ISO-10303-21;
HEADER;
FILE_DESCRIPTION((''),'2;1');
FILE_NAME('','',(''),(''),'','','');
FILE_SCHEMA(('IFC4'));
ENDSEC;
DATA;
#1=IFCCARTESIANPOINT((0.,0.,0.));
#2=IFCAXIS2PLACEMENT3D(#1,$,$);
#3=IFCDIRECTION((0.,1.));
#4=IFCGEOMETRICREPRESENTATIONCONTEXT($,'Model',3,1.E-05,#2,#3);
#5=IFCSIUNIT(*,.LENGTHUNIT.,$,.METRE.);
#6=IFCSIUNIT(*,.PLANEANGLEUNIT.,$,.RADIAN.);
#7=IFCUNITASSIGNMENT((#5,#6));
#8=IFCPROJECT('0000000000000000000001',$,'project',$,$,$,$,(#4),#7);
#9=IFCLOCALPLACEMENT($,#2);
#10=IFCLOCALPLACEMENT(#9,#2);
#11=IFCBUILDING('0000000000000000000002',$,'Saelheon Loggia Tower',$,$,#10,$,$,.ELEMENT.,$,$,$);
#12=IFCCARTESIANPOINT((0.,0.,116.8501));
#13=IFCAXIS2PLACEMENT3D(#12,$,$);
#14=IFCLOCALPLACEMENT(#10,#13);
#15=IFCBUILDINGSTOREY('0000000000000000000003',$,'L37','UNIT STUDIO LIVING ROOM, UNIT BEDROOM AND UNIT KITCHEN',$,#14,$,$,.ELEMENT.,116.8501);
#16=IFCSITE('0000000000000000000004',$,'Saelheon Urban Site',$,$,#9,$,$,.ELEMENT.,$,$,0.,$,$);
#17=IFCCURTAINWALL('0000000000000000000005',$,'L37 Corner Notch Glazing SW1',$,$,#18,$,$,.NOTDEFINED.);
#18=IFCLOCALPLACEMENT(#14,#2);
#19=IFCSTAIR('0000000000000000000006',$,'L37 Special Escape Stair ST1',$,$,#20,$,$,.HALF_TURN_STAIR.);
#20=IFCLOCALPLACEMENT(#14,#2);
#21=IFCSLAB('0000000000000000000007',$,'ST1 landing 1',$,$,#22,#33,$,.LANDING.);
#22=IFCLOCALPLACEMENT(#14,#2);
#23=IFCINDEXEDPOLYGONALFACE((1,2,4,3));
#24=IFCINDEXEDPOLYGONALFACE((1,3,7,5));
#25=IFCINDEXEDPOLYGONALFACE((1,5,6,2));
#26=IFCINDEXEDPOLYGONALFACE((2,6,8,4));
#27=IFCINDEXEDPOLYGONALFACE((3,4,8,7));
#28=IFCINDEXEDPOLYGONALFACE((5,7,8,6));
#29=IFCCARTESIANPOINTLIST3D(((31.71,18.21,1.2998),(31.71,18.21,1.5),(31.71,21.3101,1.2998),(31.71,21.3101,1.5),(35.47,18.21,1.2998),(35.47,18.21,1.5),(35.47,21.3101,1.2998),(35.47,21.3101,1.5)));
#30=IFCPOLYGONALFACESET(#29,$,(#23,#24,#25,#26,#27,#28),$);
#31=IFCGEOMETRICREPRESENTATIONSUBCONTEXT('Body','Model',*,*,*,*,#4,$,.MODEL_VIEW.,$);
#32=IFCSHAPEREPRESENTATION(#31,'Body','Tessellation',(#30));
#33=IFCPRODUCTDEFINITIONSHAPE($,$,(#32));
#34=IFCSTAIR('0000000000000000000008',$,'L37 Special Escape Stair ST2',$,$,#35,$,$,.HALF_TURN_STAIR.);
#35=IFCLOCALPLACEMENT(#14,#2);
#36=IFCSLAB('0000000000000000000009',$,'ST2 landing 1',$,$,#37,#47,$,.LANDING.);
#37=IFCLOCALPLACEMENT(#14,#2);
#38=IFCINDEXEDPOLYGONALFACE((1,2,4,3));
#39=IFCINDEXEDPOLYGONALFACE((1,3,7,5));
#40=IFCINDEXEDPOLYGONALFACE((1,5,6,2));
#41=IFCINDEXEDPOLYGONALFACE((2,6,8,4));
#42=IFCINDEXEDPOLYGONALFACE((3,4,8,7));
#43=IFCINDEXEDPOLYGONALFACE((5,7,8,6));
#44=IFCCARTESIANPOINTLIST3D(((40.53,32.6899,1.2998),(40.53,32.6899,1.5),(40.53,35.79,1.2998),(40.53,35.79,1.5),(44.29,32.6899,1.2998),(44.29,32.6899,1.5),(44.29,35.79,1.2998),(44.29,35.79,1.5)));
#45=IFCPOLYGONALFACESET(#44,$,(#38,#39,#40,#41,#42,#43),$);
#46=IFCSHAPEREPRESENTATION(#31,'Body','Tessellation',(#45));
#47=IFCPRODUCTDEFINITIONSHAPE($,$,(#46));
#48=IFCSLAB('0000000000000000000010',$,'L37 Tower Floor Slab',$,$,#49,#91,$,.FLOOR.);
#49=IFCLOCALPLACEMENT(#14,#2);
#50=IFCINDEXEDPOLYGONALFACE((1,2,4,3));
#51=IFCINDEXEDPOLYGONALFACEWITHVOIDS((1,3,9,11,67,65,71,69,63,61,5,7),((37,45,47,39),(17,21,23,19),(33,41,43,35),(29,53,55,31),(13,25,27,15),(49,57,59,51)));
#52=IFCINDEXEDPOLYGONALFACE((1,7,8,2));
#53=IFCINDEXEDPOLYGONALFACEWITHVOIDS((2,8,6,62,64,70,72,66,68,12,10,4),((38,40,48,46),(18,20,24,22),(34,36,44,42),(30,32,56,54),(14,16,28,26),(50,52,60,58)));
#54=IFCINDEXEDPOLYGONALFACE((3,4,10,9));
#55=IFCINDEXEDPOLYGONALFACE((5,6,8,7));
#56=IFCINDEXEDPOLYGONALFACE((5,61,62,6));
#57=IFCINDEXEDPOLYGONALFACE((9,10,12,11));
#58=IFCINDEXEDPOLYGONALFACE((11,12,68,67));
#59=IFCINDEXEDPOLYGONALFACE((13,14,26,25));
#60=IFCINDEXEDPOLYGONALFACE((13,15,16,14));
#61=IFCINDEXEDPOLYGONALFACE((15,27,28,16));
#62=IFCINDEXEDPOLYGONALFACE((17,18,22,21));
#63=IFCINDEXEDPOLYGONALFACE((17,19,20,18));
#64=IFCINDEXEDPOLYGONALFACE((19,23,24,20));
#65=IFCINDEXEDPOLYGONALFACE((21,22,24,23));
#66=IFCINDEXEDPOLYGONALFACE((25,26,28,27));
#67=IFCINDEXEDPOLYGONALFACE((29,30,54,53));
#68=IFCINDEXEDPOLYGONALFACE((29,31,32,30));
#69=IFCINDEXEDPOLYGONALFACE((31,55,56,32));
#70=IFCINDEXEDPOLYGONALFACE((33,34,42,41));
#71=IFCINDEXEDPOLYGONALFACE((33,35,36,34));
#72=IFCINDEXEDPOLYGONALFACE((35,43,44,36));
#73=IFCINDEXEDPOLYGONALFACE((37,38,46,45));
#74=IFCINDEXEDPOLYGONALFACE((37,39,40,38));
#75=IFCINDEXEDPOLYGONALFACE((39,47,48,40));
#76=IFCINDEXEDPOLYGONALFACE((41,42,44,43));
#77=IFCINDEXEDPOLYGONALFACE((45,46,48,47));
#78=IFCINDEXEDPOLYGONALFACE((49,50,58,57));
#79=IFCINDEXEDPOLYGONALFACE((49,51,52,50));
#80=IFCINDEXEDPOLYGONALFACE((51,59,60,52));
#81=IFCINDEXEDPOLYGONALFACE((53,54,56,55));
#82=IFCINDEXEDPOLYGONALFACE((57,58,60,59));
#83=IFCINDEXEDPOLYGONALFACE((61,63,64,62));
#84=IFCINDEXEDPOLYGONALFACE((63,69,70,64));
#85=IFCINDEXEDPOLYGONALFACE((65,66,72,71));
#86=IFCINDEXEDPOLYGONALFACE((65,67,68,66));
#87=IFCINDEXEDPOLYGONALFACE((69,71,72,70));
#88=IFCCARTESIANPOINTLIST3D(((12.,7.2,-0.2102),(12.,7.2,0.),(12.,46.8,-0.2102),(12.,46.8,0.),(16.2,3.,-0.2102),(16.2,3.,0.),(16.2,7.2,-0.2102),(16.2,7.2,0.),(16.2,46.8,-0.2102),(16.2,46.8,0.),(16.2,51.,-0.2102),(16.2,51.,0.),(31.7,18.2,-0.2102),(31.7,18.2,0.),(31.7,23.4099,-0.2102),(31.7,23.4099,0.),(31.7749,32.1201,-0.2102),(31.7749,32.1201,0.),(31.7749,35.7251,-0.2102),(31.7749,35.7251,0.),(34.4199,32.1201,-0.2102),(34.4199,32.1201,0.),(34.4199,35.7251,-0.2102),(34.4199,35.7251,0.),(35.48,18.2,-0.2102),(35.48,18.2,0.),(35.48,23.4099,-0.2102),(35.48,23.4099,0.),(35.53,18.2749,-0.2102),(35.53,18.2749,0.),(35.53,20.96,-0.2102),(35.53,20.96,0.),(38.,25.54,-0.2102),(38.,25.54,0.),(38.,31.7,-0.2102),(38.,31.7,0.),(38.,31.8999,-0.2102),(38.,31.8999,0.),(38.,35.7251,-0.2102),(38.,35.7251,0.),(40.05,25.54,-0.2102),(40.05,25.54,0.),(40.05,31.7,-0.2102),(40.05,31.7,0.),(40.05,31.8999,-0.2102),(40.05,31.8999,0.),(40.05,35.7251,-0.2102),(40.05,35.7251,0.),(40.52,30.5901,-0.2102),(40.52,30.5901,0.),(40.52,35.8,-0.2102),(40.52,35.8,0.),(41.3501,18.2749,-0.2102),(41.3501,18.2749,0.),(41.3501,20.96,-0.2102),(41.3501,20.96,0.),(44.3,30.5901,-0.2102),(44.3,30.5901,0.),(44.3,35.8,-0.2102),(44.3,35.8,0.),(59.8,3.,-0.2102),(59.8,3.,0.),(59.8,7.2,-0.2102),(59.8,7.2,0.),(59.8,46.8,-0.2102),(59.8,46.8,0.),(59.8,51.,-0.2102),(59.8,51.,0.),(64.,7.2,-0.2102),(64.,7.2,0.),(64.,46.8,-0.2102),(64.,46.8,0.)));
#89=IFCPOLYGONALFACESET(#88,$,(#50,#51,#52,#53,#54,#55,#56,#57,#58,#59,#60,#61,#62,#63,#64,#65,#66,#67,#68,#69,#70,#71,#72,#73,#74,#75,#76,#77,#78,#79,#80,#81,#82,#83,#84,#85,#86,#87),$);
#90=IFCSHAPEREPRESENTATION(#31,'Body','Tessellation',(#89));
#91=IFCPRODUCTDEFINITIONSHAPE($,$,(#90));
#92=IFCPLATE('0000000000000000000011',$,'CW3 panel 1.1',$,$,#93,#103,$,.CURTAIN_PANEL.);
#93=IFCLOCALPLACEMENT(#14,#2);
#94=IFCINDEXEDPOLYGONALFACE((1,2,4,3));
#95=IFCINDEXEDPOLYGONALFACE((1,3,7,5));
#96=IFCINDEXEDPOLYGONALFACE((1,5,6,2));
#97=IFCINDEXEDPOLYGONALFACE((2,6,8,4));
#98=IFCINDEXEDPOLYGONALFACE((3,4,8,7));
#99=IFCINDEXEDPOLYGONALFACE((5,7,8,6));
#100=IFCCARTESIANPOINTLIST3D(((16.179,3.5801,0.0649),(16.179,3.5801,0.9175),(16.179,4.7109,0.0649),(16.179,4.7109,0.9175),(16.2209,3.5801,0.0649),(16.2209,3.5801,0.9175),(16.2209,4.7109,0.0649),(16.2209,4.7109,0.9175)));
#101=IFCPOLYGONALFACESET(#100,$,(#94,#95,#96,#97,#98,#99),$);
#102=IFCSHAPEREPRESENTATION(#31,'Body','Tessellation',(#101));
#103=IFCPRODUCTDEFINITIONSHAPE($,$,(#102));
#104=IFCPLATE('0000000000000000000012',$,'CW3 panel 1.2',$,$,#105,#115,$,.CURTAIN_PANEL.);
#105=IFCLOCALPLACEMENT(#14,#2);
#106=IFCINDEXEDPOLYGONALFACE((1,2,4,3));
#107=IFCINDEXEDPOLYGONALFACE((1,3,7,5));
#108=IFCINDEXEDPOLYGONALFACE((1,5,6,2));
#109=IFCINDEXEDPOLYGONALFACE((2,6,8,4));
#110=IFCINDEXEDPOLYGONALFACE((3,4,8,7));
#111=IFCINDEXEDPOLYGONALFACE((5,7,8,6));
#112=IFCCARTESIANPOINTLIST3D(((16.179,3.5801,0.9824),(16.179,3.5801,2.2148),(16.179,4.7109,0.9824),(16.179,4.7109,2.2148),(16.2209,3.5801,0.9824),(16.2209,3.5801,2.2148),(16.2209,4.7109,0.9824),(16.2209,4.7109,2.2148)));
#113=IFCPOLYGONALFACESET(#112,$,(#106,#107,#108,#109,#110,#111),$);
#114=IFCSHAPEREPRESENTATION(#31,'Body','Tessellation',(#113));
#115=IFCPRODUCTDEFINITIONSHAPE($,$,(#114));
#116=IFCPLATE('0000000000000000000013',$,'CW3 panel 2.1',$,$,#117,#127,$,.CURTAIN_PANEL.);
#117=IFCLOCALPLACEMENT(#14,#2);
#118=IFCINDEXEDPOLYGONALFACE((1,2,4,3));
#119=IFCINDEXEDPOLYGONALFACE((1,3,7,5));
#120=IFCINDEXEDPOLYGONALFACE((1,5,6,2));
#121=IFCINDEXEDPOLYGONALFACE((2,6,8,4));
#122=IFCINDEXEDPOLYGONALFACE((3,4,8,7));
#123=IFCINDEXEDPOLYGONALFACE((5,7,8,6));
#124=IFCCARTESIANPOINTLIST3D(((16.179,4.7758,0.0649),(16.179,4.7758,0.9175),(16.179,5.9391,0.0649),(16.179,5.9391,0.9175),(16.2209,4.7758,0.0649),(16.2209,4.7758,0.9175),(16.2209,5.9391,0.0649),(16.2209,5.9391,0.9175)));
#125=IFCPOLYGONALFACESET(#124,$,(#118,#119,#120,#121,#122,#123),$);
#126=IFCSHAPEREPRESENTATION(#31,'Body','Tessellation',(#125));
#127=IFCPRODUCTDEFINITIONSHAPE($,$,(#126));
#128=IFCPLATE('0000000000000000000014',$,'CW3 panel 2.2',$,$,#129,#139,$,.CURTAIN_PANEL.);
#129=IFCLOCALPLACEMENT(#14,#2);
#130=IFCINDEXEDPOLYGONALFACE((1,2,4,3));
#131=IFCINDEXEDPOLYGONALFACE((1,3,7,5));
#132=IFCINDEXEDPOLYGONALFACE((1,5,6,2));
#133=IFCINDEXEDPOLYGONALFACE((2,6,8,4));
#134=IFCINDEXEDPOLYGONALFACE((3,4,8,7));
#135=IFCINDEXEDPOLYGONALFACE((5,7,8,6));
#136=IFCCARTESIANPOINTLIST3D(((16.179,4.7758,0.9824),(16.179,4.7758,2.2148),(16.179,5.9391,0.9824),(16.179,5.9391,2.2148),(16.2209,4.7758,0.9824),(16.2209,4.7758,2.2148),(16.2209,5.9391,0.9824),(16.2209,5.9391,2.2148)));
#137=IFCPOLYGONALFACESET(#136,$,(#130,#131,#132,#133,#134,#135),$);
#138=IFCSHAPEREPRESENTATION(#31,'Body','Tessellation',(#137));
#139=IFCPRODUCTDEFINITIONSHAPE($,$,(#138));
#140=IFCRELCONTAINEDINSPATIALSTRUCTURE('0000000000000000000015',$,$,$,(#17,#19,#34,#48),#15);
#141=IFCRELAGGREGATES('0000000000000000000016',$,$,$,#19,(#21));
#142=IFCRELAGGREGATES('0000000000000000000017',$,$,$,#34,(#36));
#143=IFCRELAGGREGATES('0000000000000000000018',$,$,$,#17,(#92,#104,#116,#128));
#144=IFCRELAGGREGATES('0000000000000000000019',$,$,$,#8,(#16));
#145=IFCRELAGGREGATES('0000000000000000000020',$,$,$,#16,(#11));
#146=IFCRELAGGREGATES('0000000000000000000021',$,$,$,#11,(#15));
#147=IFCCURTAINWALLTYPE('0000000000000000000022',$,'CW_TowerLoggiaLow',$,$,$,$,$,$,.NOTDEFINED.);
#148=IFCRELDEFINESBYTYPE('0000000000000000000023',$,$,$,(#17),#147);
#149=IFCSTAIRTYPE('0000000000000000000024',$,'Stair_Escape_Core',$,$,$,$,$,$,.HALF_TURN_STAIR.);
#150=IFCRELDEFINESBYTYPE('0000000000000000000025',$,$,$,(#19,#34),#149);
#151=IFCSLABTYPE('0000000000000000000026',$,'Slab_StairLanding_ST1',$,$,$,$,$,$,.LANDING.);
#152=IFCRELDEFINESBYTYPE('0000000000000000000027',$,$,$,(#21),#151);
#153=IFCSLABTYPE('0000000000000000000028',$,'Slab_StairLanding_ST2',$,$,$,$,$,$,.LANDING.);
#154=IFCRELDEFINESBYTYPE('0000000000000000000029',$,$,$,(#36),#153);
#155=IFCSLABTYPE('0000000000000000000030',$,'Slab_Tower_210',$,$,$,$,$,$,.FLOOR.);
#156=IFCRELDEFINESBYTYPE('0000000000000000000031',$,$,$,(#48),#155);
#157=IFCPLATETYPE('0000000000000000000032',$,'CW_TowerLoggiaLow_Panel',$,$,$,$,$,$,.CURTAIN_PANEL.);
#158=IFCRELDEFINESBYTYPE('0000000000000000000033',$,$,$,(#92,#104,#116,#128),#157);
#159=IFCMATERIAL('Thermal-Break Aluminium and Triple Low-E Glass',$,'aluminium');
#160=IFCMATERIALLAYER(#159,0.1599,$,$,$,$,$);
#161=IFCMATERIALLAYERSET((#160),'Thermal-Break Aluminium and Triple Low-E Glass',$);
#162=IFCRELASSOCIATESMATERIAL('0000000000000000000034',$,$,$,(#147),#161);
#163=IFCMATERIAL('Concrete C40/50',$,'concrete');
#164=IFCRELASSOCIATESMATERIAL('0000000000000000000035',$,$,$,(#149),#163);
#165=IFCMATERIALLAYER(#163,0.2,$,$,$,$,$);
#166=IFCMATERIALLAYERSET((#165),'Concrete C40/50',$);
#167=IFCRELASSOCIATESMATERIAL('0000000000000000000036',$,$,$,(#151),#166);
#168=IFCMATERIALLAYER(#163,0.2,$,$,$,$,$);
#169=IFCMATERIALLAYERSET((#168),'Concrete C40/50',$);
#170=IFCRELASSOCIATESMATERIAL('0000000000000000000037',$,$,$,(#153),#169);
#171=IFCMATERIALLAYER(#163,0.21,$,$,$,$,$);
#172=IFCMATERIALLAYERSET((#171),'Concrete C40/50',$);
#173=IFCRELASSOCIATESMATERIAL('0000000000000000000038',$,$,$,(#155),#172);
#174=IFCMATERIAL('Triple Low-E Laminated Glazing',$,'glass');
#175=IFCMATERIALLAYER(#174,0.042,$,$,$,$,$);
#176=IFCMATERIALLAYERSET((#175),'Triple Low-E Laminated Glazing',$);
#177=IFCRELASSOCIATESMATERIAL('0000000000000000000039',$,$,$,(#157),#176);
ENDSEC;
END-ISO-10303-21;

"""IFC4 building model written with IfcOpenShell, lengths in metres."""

from ifc_helpers import new_model, si_unit, direction, frame, origin, origin_2d, place, context, subcontext, project, spatial, polyline, rectangle, outline, extrude, source, transform, mapped, material, layer, layer_set, type_object, element, aggregate, save


model = new_model("IFC4")

# Units and contexts
model_context = context("Model", 3, precision=1e-05, world=origin(), true_north=direction((0.0, 1.0)))
body_context = subcontext(model_context, "Body", "Model", "MODEL_VIEW")
ifc_project = project(units=[si_unit("LENGTHUNIT", "METRE"), si_unit("PLANEANGLEUNIT", "RADIAN")], contexts=[model_context])

# Site, building, storey
site_placement = place(None, origin())
site = spatial("IfcSite", under=ifc_project, at=site_placement, Name="Saelheon Urban Site", CompositionType="ELEMENT", RefElevation=0.0)
building_placement = place(site_placement, origin())
building = spatial("IfcBuilding", under=site, at=building_placement, Name="Saelheon Loggia Tower", CompositionType="ELEMENT")
storey_placement = place(building_placement, frame((0.0, 0.0, 116.8501)))
storey = spatial("IfcBuildingStorey", under=building, at=storey_placement, Name="L37", Description="UNIT STUDIO LIVING ROOM, UNIT BEDROOM AND UNIT KITCHEN", CompositionType="ELEMENT", Elevation=116.8501)

# Shared definitions
ifc_material_1 = material(Name="Concrete C40/50", Category="concrete")

# Curtain wall
ifc_material_2 = material(Name="Thermal-Break Aluminium and Triple Low-E Glass", Category="aluminium")
ifc_layer_1 = layer(ifc_material_2, 0.1599)
ifc_layer_set_1 = layer_set([ifc_layer_1], Name="Thermal-Break Aluminium and Triple Low-E Glass")
curtain_wall_type = type_object("IfcCurtainWallType", Name="CW_TowerLoggiaLow", PredefinedType="NOTDEFINED", material=ifc_layer_set_1)
curtain_wall_placement = place(storey_placement, origin())
curtain_wall = element("IfcCurtainWall", 1, at=curtain_wall_placement, inside=storey, type_object=curtain_wall_type, Name="L37 Corner Notch Glazing SW1", PredefinedType="NOTDEFINED")

# Stairs, slabs
stair_type = type_object("IfcStairType", Name="Stair_Escape_Core", PredefinedType="HALF_TURN_STAIR", material=ifc_material_1)
stair_1_placement = place(storey_placement, origin())
stair_1 = element("IfcStair", 2, at=stair_1_placement, inside=storey, type_object=stair_type, Name="L37 Special Escape Stair ST1", PredefinedType="HALF_TURN_STAIR")
ifc_layer_2 = layer(ifc_material_1, 0.2)
ifc_layer_set_2 = layer_set([ifc_layer_2], Name="Concrete C40/50")
slab_type_1 = type_object("IfcSlabType", Name="Slab_StairLanding_ST1", PredefinedType="LANDING", material=ifc_layer_set_2)
slab_1_placement = place(storey_placement, frame((0.0, 0.0, 1.2998)))
slab_1 = element("IfcSlab", 3, at=slab_1_placement, type_object=slab_type_1, Name="ST1 landing 1", PredefinedType="LANDING", context=body_context, shape_type="SweptSolid", body=[
    extrude(outline(polyline([(31.71, 21.3101), (31.71, 18.21), (35.47, 18.21), (35.47, 21.3101), (31.71, 21.3101)])), origin(), (0.0, 0.0, 1.0), 0.2002),
])
aggregate(stair_1, [slab_1])
stair_2_placement = place(storey_placement, origin())
stair_2 = element("IfcStair", 4, at=stair_2_placement, inside=storey, type_object=stair_type, Name="L37 Special Escape Stair ST2", PredefinedType="HALF_TURN_STAIR")
ifc_layer_3 = layer(ifc_material_1, 0.2)
ifc_layer_set_3 = layer_set([ifc_layer_3], Name="Concrete C40/50")
slab_type_2 = type_object("IfcSlabType", Name="Slab_StairLanding_ST2", PredefinedType="LANDING", material=ifc_layer_set_3)
slab_2_placement = place(storey_placement, frame((0.0, 0.0, 1.2998)))
slab_2 = element("IfcSlab", 5, at=slab_2_placement, type_object=slab_type_2, Name="ST2 landing 1", PredefinedType="LANDING", context=body_context, shape_type="SweptSolid", body=[
    extrude(outline(polyline([(44.29, 32.6899), (44.29, 35.79), (40.53, 35.79), (40.53, 32.6899), (44.29, 32.6899)])), origin(), (0.0, 0.0, 1.0), 0.2002),
])
aggregate(stair_2, [slab_2])

# Slab
ifc_layer_4 = layer(ifc_material_1, 0.21)
ifc_layer_set_4 = layer_set([ifc_layer_4], Name="Concrete C40/50")
slab_type_3 = type_object("IfcSlabType", Name="Slab_Tower_210", PredefinedType="FLOOR", material=ifc_layer_set_4)
slab_3_placement = place(storey_placement, frame((0.0, 0.0, -0.2102)))
element("IfcSlab", 6, at=slab_3_placement, inside=storey, type_object=slab_type_3, Name="L37 Tower Floor Slab", PredefinedType="FLOOR", context=body_context, shape_type="SweptSolid", body=[
    extrude(outline(polyline([(16.2, 3.0), (59.8, 3.0), (59.8, 7.2), (64.0, 7.2), (64.0, 46.8), (59.8, 46.8), (59.8, 51.0), (16.2, 51.0), (16.2, 46.8), (12.0, 46.8), (12.0, 7.2), (16.2, 7.2), (16.2, 3.0)]), holes=[polyline([(31.7, 23.4099), (31.7, 18.2), (35.48, 18.2), (35.48, 23.4099), (31.7, 23.4099)]), polyline([(44.3, 30.5901), (44.3, 35.8), (40.52, 35.8), (40.52, 30.5901), (44.3, 30.5901)]), polyline([(35.53, 18.2749), (41.3501, 18.2749), (41.3501, 20.96), (35.53, 20.96), (35.53, 18.2749)]), polyline([(31.7749, 32.1201), (34.4199, 32.1201), (34.4199, 35.7251), (31.7749, 35.7251), (31.7749, 32.1201)]), polyline([(38.0, 31.8999), (40.05, 31.8999), (40.05, 35.7251), (38.0, 35.7251), (38.0, 31.8999)]), polyline([(38.0, 25.54), (40.05, 25.54), (40.05, 31.7), (38.0, 31.7), (38.0, 25.54)])]), origin(), (0.0, 0.0, 1.0), 0.2102),
])

# Plates
ifc_material_3 = material(Name="Triple Low-E Laminated Glazing", Category="glass")
ifc_layer_5 = layer(ifc_material_3, 0.042)
ifc_layer_set_5 = layer_set([ifc_layer_5], Name="Triple Low-E Laminated Glazing")
plate_type = type_object("IfcPlateType", Name="CW_TowerLoggiaLow_Panel", PredefinedType="CURTAIN_PANEL", material=ifc_layer_set_5)
shared_shape_1 = source(origin(), body_context, "Body", "SweptSolid", [
    extrude(rectangle(XDim=1.1309, YDim=0.042, at=origin_2d()), origin(), (0.0, 0.0, 1.0), 0.8525),
])
plate_1_placement = place(storey_placement, frame((16.2, 4.1455, 0.0649), z_axis=(0.0, 0.0, 1.0), x_axis=(0.0, 1.0, 0.0)))
plate_1 = element("IfcPlate", 7, at=plate_1_placement, type_object=plate_type, Name="CW3 panel 1.1", PredefinedType="CURTAIN_PANEL", context=body_context, shape_type="MappedRepresentation", body=[
    mapped(shared_shape_1, transform((0.0, 0.0, 0.0), scale=1.0)),
])
shared_shape_2 = source(origin(), body_context, "Body", "SweptSolid", [
    extrude(rectangle(XDim=1.1309, YDim=0.042, at=origin_2d()), origin(), (0.0, 0.0, 1.0), 1.2324),
])
plate_2_placement = place(storey_placement, frame((16.2, 4.1455, 0.9824), z_axis=(0.0, 0.0, 1.0), x_axis=(0.0, 1.0, 0.0)))
plate_2 = element("IfcPlate", 8, at=plate_2_placement, type_object=plate_type, Name="CW3 panel 1.2", PredefinedType="CURTAIN_PANEL", context=body_context, shape_type="MappedRepresentation", body=[
    mapped(shared_shape_2, transform((0.0, 0.0, 0.0), scale=1.0)),
])
shared_shape_3 = source(origin(), body_context, "Body", "SweptSolid", [
    extrude(rectangle(XDim=1.1633, YDim=0.042, at=origin_2d()), origin(), (0.0, 0.0, 1.0), 0.8525),
])
plate_3_placement = place(storey_placement, frame((16.2, 5.3574, 0.0649), z_axis=(0.0, 0.0, 1.0), x_axis=(0.0, 1.0, 0.0)))
plate_3 = element("IfcPlate", 9, at=plate_3_placement, type_object=plate_type, Name="CW3 panel 2.1", PredefinedType="CURTAIN_PANEL", context=body_context, shape_type="MappedRepresentation", body=[
    mapped(shared_shape_3, transform((0.0, 0.0, 0.0), scale=1.0)),
])
shared_shape_4 = source(origin(), body_context, "Body", "SweptSolid", [
    extrude(rectangle(XDim=1.1633, YDim=0.042, at=origin_2d()), origin(), (0.0, 0.0, 1.0), 1.2324),
])
plate_4_placement = place(storey_placement, frame((16.2, 5.3574, 0.9824), z_axis=(0.0, 0.0, 1.0), x_axis=(0.0, 1.0, 0.0)))
plate_4 = element("IfcPlate", 10, at=plate_4_placement, type_object=plate_type, Name="CW3 panel 2.2", PredefinedType="CURTAIN_PANEL", context=body_context, shape_type="MappedRepresentation", body=[
    mapped(shared_shape_4, transform((0.0, 0.0, 0.0), scale=1.0)),
])
aggregate(curtain_wall, [plate_1, plate_2, plate_3, plate_4])

save(model, "model.ifc")
